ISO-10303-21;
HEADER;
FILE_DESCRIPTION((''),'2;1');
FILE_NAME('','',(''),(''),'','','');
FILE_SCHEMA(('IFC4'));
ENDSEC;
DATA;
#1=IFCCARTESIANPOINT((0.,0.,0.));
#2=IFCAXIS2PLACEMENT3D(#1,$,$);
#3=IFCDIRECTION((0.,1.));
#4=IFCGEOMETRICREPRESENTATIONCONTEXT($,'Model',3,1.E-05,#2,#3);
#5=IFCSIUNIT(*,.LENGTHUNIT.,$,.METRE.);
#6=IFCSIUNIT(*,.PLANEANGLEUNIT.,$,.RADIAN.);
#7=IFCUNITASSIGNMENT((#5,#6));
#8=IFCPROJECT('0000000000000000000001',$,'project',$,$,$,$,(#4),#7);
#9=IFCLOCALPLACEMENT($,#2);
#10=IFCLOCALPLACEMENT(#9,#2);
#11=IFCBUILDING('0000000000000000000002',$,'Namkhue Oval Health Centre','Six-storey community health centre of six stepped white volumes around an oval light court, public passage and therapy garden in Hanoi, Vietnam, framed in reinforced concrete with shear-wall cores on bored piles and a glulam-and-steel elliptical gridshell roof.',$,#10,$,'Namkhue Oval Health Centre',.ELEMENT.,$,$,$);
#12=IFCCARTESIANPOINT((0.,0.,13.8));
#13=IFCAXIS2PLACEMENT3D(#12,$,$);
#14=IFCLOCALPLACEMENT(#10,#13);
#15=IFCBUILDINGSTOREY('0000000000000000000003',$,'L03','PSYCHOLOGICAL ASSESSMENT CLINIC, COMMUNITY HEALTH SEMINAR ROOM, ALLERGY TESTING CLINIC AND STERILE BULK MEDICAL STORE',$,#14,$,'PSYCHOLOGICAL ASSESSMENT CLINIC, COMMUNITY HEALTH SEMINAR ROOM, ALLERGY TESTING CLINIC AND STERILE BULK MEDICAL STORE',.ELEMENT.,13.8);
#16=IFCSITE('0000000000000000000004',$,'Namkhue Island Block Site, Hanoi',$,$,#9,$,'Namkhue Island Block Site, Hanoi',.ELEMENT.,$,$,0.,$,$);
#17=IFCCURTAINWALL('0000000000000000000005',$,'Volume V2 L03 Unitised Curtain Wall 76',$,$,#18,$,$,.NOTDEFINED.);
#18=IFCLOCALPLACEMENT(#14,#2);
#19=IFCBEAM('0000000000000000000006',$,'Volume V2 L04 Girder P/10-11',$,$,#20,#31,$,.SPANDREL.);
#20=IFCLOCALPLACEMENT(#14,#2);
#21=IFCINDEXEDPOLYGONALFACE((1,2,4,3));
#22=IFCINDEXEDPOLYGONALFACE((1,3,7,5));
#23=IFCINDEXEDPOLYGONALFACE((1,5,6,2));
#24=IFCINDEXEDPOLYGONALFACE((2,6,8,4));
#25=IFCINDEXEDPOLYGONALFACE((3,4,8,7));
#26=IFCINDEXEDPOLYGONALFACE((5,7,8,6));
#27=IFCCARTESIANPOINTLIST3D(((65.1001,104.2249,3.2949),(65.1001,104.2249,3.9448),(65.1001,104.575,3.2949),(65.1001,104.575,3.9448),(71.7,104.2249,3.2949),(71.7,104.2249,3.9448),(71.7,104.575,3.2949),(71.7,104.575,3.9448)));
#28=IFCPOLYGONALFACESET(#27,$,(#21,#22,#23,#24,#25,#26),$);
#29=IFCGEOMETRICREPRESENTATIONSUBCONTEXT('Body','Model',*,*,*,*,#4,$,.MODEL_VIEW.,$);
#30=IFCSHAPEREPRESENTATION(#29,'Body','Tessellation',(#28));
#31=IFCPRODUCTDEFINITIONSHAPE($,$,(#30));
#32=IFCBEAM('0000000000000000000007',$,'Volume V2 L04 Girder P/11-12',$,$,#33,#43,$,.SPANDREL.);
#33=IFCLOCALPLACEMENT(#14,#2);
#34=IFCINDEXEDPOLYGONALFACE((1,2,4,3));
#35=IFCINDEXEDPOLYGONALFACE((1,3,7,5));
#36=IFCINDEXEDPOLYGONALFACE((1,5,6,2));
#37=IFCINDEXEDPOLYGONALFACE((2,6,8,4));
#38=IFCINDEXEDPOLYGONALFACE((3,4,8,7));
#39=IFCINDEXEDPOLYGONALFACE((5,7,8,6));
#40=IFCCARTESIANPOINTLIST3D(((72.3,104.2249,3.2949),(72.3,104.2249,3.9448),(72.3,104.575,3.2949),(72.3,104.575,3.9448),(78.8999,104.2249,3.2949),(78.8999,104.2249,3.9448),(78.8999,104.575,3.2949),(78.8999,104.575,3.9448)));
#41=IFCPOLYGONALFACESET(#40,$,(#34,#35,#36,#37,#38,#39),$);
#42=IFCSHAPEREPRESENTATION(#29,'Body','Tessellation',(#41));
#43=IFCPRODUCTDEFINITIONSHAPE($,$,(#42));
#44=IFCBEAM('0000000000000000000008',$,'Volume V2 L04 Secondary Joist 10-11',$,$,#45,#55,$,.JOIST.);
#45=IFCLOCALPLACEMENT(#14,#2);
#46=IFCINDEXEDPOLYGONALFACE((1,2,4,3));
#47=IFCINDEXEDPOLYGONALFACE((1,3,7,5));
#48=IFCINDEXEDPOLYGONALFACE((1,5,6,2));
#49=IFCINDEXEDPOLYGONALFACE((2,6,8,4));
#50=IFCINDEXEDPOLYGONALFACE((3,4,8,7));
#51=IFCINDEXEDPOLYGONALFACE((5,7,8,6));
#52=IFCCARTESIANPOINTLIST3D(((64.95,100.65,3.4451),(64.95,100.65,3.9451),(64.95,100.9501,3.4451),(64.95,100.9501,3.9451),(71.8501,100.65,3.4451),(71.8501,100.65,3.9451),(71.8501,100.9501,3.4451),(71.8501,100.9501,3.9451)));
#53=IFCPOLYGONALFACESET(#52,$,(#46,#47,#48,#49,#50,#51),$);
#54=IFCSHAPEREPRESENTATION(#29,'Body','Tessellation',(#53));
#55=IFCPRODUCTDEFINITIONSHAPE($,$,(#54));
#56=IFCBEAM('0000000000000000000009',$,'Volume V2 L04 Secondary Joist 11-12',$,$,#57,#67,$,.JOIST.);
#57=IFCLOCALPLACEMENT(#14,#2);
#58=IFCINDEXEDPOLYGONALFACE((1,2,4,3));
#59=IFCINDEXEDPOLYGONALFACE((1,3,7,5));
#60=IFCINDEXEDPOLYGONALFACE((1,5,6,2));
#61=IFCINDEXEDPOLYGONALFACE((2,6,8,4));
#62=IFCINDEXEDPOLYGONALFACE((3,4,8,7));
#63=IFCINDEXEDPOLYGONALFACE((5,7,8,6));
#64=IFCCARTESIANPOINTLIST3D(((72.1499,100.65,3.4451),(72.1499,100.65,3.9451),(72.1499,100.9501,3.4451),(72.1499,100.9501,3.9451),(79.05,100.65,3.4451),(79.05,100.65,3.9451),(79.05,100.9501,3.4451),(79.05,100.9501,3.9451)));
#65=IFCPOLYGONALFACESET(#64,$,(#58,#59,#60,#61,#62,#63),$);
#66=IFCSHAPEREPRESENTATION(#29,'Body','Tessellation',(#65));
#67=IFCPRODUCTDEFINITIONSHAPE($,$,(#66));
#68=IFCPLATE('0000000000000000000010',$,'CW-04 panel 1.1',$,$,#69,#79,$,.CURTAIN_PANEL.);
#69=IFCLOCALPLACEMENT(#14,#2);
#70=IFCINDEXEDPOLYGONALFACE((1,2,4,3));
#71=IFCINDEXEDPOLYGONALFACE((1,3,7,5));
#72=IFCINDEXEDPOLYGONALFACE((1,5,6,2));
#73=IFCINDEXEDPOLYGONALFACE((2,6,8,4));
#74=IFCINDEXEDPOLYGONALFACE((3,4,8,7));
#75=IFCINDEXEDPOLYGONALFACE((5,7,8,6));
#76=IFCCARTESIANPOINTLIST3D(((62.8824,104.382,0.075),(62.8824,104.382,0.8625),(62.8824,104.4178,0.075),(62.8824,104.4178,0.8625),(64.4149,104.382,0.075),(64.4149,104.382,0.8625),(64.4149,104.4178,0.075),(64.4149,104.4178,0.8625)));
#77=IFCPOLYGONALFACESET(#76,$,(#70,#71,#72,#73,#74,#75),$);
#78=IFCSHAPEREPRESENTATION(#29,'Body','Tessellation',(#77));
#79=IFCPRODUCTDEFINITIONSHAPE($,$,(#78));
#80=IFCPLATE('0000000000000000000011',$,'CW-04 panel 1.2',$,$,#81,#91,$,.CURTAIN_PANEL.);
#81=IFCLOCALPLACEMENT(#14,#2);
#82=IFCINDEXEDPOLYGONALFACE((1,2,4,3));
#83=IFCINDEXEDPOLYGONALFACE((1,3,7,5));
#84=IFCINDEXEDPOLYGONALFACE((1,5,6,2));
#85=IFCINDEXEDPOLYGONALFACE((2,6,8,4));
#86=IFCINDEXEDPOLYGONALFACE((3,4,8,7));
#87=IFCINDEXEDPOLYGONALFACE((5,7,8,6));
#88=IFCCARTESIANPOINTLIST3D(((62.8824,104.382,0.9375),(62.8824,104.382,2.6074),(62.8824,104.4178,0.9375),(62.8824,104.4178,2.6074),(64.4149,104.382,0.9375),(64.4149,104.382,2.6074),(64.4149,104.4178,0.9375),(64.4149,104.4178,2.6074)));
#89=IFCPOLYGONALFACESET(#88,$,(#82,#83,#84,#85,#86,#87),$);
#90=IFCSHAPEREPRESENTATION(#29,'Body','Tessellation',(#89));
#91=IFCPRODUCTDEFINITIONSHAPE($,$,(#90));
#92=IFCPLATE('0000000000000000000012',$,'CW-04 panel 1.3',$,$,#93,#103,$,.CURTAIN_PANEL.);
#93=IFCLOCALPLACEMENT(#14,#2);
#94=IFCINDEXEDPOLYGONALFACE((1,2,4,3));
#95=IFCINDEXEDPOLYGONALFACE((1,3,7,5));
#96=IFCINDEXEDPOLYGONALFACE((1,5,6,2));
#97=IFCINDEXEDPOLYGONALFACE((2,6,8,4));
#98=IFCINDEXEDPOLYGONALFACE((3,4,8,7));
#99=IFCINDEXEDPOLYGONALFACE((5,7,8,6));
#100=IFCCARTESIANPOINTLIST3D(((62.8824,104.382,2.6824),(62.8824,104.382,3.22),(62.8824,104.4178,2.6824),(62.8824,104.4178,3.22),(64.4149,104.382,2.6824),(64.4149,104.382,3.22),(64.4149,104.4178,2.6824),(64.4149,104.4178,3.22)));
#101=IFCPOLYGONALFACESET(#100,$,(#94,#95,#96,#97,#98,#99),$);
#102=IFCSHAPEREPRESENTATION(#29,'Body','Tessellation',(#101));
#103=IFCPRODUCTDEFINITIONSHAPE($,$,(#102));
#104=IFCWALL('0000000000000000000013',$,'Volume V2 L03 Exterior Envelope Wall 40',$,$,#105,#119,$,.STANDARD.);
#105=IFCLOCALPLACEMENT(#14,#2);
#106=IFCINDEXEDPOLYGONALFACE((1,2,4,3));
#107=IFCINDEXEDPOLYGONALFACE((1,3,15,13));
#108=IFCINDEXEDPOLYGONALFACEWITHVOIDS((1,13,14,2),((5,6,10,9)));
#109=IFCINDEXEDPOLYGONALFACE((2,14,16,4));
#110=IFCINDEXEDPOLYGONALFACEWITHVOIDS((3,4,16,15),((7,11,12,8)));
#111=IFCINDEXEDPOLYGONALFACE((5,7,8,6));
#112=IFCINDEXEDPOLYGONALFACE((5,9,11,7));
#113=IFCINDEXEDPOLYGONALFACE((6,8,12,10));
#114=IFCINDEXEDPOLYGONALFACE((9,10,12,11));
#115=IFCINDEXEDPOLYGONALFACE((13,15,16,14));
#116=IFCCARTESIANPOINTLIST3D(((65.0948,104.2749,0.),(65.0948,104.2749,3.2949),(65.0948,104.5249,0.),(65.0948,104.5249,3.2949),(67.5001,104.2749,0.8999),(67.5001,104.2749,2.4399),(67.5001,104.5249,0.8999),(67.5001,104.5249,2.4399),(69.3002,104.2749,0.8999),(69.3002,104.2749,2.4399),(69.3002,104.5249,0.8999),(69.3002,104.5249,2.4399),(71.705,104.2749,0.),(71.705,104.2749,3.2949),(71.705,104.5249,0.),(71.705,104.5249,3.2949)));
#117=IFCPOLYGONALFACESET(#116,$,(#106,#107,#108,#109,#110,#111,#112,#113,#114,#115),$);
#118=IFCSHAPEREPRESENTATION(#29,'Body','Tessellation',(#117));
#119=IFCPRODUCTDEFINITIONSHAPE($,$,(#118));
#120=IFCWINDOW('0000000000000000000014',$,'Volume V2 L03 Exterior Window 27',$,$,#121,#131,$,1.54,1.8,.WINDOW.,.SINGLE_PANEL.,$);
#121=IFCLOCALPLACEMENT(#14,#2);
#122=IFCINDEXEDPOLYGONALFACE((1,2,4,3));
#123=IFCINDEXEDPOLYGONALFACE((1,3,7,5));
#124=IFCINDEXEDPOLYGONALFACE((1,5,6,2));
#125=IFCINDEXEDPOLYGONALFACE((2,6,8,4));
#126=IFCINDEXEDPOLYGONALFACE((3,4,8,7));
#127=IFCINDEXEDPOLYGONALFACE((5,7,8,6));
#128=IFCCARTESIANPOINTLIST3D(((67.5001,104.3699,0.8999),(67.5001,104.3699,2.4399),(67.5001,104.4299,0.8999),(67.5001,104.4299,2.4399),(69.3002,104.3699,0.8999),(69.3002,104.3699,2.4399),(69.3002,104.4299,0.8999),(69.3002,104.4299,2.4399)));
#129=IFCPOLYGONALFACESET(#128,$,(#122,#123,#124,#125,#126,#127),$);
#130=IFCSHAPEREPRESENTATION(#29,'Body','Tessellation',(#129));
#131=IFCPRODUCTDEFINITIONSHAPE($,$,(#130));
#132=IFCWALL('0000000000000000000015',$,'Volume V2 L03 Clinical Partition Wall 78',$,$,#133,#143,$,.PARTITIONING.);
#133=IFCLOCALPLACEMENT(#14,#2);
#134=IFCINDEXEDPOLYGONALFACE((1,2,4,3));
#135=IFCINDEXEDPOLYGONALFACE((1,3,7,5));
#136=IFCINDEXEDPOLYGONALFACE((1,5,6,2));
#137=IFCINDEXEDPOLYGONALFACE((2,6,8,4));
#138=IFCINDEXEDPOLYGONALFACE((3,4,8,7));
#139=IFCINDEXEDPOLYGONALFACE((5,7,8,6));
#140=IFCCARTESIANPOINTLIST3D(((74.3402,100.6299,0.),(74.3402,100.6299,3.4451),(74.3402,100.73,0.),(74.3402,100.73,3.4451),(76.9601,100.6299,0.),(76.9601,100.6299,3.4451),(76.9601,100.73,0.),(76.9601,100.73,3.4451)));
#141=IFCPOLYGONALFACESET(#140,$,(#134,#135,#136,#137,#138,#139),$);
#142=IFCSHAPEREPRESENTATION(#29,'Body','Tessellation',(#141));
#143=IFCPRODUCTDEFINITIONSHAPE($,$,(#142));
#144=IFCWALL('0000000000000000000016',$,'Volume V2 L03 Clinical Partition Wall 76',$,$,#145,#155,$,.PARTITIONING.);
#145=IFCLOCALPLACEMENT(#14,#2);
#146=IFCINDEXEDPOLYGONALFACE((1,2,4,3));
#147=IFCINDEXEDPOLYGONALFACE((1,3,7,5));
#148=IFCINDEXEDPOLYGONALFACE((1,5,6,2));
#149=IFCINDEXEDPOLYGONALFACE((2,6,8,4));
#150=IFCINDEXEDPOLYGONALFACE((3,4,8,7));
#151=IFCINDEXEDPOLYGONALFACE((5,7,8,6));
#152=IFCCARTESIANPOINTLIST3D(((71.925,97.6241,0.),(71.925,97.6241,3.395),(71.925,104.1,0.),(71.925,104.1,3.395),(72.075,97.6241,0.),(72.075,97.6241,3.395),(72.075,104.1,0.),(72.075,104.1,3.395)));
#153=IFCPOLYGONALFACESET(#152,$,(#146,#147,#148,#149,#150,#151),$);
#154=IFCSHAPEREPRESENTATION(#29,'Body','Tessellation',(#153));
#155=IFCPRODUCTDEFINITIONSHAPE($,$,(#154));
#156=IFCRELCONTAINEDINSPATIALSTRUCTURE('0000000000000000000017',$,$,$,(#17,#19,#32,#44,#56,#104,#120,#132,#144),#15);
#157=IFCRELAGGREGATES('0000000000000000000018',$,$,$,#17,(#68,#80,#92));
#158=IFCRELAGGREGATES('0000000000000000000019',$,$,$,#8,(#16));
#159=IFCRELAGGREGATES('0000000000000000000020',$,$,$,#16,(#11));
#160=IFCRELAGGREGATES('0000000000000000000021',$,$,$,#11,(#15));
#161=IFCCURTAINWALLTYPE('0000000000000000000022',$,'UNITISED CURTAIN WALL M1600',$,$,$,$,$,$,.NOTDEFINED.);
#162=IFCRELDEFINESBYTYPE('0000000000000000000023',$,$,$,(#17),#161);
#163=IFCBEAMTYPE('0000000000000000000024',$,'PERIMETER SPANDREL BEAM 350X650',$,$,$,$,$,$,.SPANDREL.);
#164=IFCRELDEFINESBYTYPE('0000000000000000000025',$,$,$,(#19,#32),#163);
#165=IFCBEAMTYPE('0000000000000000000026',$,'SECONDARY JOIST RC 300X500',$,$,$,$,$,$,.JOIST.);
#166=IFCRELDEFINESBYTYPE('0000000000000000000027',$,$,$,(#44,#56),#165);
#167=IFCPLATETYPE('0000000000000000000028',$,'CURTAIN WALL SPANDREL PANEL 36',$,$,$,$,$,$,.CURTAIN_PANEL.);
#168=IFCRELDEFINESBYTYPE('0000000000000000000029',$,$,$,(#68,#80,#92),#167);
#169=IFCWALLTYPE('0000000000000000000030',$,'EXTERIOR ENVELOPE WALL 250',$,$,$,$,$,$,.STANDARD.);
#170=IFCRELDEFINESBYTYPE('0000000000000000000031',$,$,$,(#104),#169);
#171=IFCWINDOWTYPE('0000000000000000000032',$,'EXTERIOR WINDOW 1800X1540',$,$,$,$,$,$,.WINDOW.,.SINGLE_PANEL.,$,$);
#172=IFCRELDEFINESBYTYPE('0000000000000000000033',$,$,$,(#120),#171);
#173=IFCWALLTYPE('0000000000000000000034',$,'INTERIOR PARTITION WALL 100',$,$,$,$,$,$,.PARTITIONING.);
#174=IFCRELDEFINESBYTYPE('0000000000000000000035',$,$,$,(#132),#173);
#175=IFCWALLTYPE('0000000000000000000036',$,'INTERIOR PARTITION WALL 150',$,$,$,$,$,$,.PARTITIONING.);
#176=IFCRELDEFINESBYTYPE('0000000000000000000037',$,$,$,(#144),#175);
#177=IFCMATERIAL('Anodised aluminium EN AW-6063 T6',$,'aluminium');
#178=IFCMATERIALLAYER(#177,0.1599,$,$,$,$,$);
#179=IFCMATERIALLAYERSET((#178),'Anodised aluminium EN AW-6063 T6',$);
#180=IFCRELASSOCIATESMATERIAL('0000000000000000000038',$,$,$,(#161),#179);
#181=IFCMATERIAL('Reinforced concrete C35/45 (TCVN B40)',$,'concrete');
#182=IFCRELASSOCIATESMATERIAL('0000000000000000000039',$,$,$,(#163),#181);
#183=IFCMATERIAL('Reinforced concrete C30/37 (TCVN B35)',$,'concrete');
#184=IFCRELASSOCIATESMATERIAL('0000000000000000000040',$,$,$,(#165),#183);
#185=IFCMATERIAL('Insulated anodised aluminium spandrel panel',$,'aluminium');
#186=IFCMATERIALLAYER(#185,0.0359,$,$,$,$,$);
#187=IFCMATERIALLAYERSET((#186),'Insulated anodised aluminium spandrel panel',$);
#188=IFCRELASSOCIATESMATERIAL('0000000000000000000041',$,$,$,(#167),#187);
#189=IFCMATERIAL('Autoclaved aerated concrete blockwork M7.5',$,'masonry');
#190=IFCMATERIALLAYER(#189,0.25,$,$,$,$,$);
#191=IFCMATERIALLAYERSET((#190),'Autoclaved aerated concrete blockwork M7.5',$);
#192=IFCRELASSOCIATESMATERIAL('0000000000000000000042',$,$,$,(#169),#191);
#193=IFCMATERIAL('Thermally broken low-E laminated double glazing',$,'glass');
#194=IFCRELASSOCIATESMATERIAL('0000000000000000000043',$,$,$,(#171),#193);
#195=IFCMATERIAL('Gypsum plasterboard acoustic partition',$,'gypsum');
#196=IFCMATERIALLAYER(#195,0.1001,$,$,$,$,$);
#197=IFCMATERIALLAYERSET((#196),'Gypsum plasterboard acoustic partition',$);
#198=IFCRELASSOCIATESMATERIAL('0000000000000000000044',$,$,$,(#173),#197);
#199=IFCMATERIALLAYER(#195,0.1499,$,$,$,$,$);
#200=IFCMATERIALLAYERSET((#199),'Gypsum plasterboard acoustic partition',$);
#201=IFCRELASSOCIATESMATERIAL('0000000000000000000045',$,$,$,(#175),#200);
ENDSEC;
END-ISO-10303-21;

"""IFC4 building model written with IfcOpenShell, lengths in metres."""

from ifc_helpers import new_model, si_unit, direction, frame, frame_2d, origin, origin_2d, place, context, subcontext, project, spatial, rectangle, extrude, material, layer, layer_set, material_profile, profile_set, type_object, element, fill, aggregate, save


model = new_model("IFC4")

# Units and contexts
model_context = context("Model", 3, precision=1e-05, world=origin(), true_north=direction((0.0, 1.0)))
body_context = subcontext(model_context, "Body", "Model", "MODEL_VIEW")
ifc_project = project(units=[si_unit("LENGTHUNIT", "METRE"), si_unit("PLANEANGLEUNIT", "RADIAN")], contexts=[model_context])

# Site, building, storey
site_placement = place(None, origin())
site = spatial("IfcSite", under=ifc_project, at=site_placement, Name="Namkhue Island Block Site, Hanoi", LongName="Namkhue Island Block Site, Hanoi", CompositionType="ELEMENT", RefElevation=0.0)
building_placement = place(site_placement, origin())
building = spatial("IfcBuilding", under=site, at=building_placement, Name="Namkhue Oval Health Centre", Description="Six-storey community health centre of six stepped white volumes around an oval light court, public passage and therapy garden in Hanoi, Vietnam, framed in reinforced concrete with shear-wall cores on bored piles and a glulam-and-steel elliptical gridshell roof.", LongName="Namkhue Oval Health Centre", CompositionType="ELEMENT")
storey_placement = place(building_placement, frame((0.0, 0.0, 13.8)))
storey = spatial("IfcBuildingStorey", under=building, at=storey_placement, Name="L03", Description="PSYCHOLOGICAL ASSESSMENT CLINIC, COMMUNITY HEALTH SEMINAR ROOM, ALLERGY TESTING CLINIC AND STERILE BULK MEDICAL STORE", LongName="PSYCHOLOGICAL ASSESSMENT CLINIC, COMMUNITY HEALTH SEMINAR ROOM, ALLERGY TESTING CLINIC AND STERILE BULK MEDICAL STORE", CompositionType="ELEMENT", Elevation=13.8)

# Shared definitions
ifc_material_1 = material(Name="Reinforced concrete C35/45 (TCVN B40)", Category="concrete")

# Shared definitions
ifc_material_2 = material(Name="Anodised aluminium EN AW-6063 T6", Category="aluminium")

# Curtain wall
ifc_layer_1 = layer(ifc_material_2, 0.1599)
ifc_layer_set_1 = layer_set([ifc_layer_1], Name="Anodised aluminium EN AW-6063 T6")
curtain_wall_type_1 = type_object("IfcCurtainWallType", Name="UNITISED CURTAIN WALL M1600", PredefinedType="NOTDEFINED", material=ifc_layer_set_1)
curtain_wall_1_placement = place(storey_placement, origin())
curtain_wall_1 = element("IfcCurtainWall", 1, at=curtain_wall_1_placement, inside=storey, type_object=curtain_wall_type_1, Name="Volume V2 L03 Unitised Curtain Wall 76", PredefinedType="NOTDEFINED")

# Beams
ifc_material_3 = material(Name="Reinforced concrete C30/37 (TCVN B35)", Category="concrete")
ifc_material_profile_1 = material_profile(ifc_material_1, rectangle(XDim=0.3501, YDim=0.6499, at=origin_2d()), Name="RC 350x650")
ifc_profile_set_1 = profile_set([ifc_material_profile_1], Name="Reinforced concrete C35/45 (TCVN B40)")
beam_type_1 = type_object("IfcBeamType", Name="PERIMETER SPANDREL BEAM 350X650", PredefinedType="SPANDREL", material=ifc_profile_set_1)
for number, where, z_axis, x_axis, name in (
    (2, (65.1001, 104.3999, 3.6199), (1.0, 0.0, 0.0), (0.0, 1.0, 0.0), "Volume V2 L04 Girder P/10-11"),
    (3, (72.3, 104.3999, 3.6199), (1.0, 0.0, 0.0), (0.0, 1.0, 0.0), "Volume V2 L04 Girder P/11-12"),
):
    element("IfcBeam", number, at=place(storey_placement, frame(where, z_axis=z_axis, x_axis=x_axis)), inside=storey, type_object=beam_type_1, Name=name, PredefinedType="SPANDREL", context=body_context, shape_type="SweptSolid", body=[
        extrude(rectangle(XDim=0.3501, YDim=0.6499, at=origin_2d()), origin(), (0.0, 0.0, 1.0), 6.5999),
    ])
ifc_material_profile_2 = material_profile(ifc_material_3, rectangle(XDim=0.3, YDim=0.5, at=origin_2d()), Name="RC 300x500")
ifc_profile_set_2 = profile_set([ifc_material_profile_2], Name="Reinforced concrete C30/37 (TCVN B35)")
beam_type_2 = type_object("IfcBeamType", Name="SECONDARY JOIST RC 300X500", PredefinedType="JOIST", material=ifc_profile_set_2)
for number, where, z_axis, x_axis, name in (
    (4, (64.95, 100.8, 3.6951), (1.0, 0.0, 0.0), (0.0, 1.0, 0.0), "Volume V2 L04 Secondary Joist 10-11"),
    (5, (72.1499, 100.8, 3.6951), (1.0, 0.0, 0.0), (0.0, 1.0, 0.0), "Volume V2 L04 Secondary Joist 11-12"),
):
    element("IfcBeam", number, at=place(storey_placement, frame(where, z_axis=z_axis, x_axis=x_axis)), inside=storey, type_object=beam_type_2, Name=name, PredefinedType="JOIST", context=body_context, shape_type="SweptSolid", body=[
        extrude(rectangle(XDim=0.3, YDim=0.5, at=origin_2d()), origin(), (0.0, 0.0, 1.0), 6.9001),
    ])

# Plates
ifc_material_4 = material(Name="Insulated anodised aluminium spandrel panel", Category="aluminium")
ifc_layer_2 = layer(ifc_material_4, 0.0359)
ifc_layer_set_2 = layer_set([ifc_layer_2], Name="Insulated anodised aluminium spandrel panel")
plate_type = type_object("IfcPlateType", Name="CURTAIN WALL SPANDREL PANEL 36", PredefinedType="CURTAIN_PANEL", material=ifc_layer_set_2)
plate_1_placement = place(storey_placement, frame((63.6487, 104.3999, 0.075), z_axis=(0.0, 0.0, 1.0), x_axis=(-1.0, 0.0, 0.0)))
plate_1 = element("IfcPlate", 6, at=plate_1_placement, type_object=plate_type, Name="CW-04 panel 1.1", PredefinedType="CURTAIN_PANEL", context=body_context, shape_type="SweptSolid", body=[
    extrude(rectangle(XDim=1.5325, YDim=0.0359, at=origin_2d()), origin(), (0.0, 0.0, 1.0), 0.7876),
])
plate_2_placement = place(storey_placement, frame((63.6487, 104.3999, 0.9375), z_axis=(0.0, 0.0, 1.0), x_axis=(-1.0, 0.0, 0.0)))
plate_2 = element("IfcPlate", 7, at=plate_2_placement, type_object=plate_type, Name="CW-04 panel 1.2", PredefinedType="CURTAIN_PANEL", context=body_context, shape_type="SweptSolid", body=[
    extrude(rectangle(XDim=1.5325, YDim=0.0359, at=origin_2d()), origin(), (0.0, 0.0, 1.0), 1.6699),
])
plate_3_placement = place(storey_placement, frame((63.6487, 104.3999, 2.6824), z_axis=(0.0, 0.0, 1.0), x_axis=(-1.0, 0.0, 0.0)))
plate_3 = element("IfcPlate", 8, at=plate_3_placement, type_object=plate_type, Name="CW-04 panel 1.3", PredefinedType="CURTAIN_PANEL", context=body_context, shape_type="SweptSolid", body=[
    extrude(rectangle(XDim=1.5325, YDim=0.0359, at=origin_2d()), origin(), (0.0, 0.0, 1.0), 0.5376),
])
aggregate(curtain_wall_1, [plate_1, plate_2, plate_3])

# Wall, opening, window
ifc_material_5 = material(Name="Autoclaved aerated concrete blockwork M7.5", Category="masonry")
ifc_layer_3 = layer(ifc_material_5, 0.25)
ifc_layer_set_3 = layer_set([ifc_layer_3], Name="Autoclaved aerated concrete blockwork M7.5")
wall_type_1 = type_object("IfcWallType", Name="EXTERIOR ENVELOPE WALL 250", PredefinedType="STANDARD", material=ifc_layer_set_3)
wall_1_placement = place(storey_placement, frame((71.7051, 104.3999, 0.0), z_axis=(0.0, 0.0, 1.0), x_axis=(-1.0, 0.0, 0.0)))
wall_1 = element("IfcWall", 9, at=wall_1_placement, inside=storey, type_object=wall_type_1, Name="Volume V2 L03 Exterior Envelope Wall 40", PredefinedType="STANDARD", context=body_context, shape_type="SweptSolid", body=[
    extrude(rectangle(XDim=6.6101, YDim=0.25, at=frame_2d((3.3052, 0.0))), origin(), (0.0, 0.0, 1.0), 3.2949),
])
opening_placement = place(wall_1_placement, frame((2.405, 0.0, 0.8999)))
opening = element("IfcOpeningElement", 10, at=opening_placement, cuts=wall_1, PredefinedType="OPENING", context=body_context, shape_type="SweptSolid", body=[
    extrude(rectangle(XDim=1.8, YDim=1.54, at=frame_2d((0.8999, 0.77))), frame((0.0, 0.135, 0.0), z_axis=(0.0, -1.0, 0.0), x_axis=(1.0, 0.0, 0.0)), (0.0, 0.0, 1.0), 0.27),
])
ifc_material_6 = material(Name="Thermally broken low-E laminated double glazing", Category="glass")
window_type = type_object("IfcWindowType", Name="EXTERIOR WINDOW 1800X1540", PartitioningType="SINGLE_PANEL", PredefinedType="WINDOW", material=ifc_material_6)
window_placement = place(opening_placement, origin())
window = element("IfcWindow", 11, at=window_placement, inside=storey, type_object=window_type, Name="Volume V2 L03 Exterior Window 27", OverallHeight=1.54, OverallWidth=1.8, PartitioningType="SINGLE_PANEL", PredefinedType="WINDOW", context=body_context, shape_type="SweptSolid", body=[
    extrude(rectangle(XDim=1.8, YDim=1.54, at=frame_2d((0.8999, 0.77))), frame((0.0, 0.03, 0.0), z_axis=(0.0, -1.0, 0.0), x_axis=(1.0, 0.0, 0.0)), (0.0, 0.0, 1.0), 0.0601),
])
fill(opening, window)

# Walls
ifc_material_7 = material(Name="Gypsum plasterboard acoustic partition", Category="gypsum")
ifc_layer_4 = layer(ifc_material_7, 0.1001)
ifc_layer_set_4 = layer_set([ifc_layer_4], Name="Gypsum plasterboard acoustic partition")
wall_type_2 = type_object("IfcWallType", Name="INTERIOR PARTITION WALL 100", PredefinedType="PARTITIONING", material=ifc_layer_set_4)
wall_2_placement = place(storey_placement, frame((74.3401, 100.6799, 0.0), z_axis=(0.0, 0.0, 1.0), x_axis=(1.0, 0.0, 0.0)))
element("IfcWall", 12, at=wall_2_placement, inside=storey, type_object=wall_type_2, Name="Volume V2 L03 Clinical Partition Wall 78", PredefinedType="PARTITIONING", context=body_context, shape_type="SweptSolid", body=[
    extrude(rectangle(XDim=2.6199, YDim=0.1001, at=frame_2d((1.3101, 0.0))), origin(), (0.0, 0.0, 1.0), 3.4451),
])
ifc_layer_5 = layer(ifc_material_7, 0.1499)
ifc_layer_set_5 = layer_set([ifc_layer_5], Name="Gypsum plasterboard acoustic partition")
wall_type_3 = type_object("IfcWallType", Name="INTERIOR PARTITION WALL 150", PredefinedType="PARTITIONING", material=ifc_layer_set_5)
wall_3_placement = place(storey_placement, frame((72.0, 97.6243, 0.0), z_axis=(0.0, 0.0, 1.0), x_axis=(0.0, 1.0, 0.0)))
element("IfcWall", 13, at=wall_3_placement, inside=storey, type_object=wall_type_3, Name="Volume V2 L03 Clinical Partition Wall 76", PredefinedType="PARTITIONING", context=body_context, shape_type="SweptSolid", body=[
    extrude(rectangle(XDim=6.4758, YDim=0.1499, at=frame_2d((3.2378, 0.0))), origin(), (0.0, 0.0, 1.0), 3.395),
])

save(model, "model.ifc")
